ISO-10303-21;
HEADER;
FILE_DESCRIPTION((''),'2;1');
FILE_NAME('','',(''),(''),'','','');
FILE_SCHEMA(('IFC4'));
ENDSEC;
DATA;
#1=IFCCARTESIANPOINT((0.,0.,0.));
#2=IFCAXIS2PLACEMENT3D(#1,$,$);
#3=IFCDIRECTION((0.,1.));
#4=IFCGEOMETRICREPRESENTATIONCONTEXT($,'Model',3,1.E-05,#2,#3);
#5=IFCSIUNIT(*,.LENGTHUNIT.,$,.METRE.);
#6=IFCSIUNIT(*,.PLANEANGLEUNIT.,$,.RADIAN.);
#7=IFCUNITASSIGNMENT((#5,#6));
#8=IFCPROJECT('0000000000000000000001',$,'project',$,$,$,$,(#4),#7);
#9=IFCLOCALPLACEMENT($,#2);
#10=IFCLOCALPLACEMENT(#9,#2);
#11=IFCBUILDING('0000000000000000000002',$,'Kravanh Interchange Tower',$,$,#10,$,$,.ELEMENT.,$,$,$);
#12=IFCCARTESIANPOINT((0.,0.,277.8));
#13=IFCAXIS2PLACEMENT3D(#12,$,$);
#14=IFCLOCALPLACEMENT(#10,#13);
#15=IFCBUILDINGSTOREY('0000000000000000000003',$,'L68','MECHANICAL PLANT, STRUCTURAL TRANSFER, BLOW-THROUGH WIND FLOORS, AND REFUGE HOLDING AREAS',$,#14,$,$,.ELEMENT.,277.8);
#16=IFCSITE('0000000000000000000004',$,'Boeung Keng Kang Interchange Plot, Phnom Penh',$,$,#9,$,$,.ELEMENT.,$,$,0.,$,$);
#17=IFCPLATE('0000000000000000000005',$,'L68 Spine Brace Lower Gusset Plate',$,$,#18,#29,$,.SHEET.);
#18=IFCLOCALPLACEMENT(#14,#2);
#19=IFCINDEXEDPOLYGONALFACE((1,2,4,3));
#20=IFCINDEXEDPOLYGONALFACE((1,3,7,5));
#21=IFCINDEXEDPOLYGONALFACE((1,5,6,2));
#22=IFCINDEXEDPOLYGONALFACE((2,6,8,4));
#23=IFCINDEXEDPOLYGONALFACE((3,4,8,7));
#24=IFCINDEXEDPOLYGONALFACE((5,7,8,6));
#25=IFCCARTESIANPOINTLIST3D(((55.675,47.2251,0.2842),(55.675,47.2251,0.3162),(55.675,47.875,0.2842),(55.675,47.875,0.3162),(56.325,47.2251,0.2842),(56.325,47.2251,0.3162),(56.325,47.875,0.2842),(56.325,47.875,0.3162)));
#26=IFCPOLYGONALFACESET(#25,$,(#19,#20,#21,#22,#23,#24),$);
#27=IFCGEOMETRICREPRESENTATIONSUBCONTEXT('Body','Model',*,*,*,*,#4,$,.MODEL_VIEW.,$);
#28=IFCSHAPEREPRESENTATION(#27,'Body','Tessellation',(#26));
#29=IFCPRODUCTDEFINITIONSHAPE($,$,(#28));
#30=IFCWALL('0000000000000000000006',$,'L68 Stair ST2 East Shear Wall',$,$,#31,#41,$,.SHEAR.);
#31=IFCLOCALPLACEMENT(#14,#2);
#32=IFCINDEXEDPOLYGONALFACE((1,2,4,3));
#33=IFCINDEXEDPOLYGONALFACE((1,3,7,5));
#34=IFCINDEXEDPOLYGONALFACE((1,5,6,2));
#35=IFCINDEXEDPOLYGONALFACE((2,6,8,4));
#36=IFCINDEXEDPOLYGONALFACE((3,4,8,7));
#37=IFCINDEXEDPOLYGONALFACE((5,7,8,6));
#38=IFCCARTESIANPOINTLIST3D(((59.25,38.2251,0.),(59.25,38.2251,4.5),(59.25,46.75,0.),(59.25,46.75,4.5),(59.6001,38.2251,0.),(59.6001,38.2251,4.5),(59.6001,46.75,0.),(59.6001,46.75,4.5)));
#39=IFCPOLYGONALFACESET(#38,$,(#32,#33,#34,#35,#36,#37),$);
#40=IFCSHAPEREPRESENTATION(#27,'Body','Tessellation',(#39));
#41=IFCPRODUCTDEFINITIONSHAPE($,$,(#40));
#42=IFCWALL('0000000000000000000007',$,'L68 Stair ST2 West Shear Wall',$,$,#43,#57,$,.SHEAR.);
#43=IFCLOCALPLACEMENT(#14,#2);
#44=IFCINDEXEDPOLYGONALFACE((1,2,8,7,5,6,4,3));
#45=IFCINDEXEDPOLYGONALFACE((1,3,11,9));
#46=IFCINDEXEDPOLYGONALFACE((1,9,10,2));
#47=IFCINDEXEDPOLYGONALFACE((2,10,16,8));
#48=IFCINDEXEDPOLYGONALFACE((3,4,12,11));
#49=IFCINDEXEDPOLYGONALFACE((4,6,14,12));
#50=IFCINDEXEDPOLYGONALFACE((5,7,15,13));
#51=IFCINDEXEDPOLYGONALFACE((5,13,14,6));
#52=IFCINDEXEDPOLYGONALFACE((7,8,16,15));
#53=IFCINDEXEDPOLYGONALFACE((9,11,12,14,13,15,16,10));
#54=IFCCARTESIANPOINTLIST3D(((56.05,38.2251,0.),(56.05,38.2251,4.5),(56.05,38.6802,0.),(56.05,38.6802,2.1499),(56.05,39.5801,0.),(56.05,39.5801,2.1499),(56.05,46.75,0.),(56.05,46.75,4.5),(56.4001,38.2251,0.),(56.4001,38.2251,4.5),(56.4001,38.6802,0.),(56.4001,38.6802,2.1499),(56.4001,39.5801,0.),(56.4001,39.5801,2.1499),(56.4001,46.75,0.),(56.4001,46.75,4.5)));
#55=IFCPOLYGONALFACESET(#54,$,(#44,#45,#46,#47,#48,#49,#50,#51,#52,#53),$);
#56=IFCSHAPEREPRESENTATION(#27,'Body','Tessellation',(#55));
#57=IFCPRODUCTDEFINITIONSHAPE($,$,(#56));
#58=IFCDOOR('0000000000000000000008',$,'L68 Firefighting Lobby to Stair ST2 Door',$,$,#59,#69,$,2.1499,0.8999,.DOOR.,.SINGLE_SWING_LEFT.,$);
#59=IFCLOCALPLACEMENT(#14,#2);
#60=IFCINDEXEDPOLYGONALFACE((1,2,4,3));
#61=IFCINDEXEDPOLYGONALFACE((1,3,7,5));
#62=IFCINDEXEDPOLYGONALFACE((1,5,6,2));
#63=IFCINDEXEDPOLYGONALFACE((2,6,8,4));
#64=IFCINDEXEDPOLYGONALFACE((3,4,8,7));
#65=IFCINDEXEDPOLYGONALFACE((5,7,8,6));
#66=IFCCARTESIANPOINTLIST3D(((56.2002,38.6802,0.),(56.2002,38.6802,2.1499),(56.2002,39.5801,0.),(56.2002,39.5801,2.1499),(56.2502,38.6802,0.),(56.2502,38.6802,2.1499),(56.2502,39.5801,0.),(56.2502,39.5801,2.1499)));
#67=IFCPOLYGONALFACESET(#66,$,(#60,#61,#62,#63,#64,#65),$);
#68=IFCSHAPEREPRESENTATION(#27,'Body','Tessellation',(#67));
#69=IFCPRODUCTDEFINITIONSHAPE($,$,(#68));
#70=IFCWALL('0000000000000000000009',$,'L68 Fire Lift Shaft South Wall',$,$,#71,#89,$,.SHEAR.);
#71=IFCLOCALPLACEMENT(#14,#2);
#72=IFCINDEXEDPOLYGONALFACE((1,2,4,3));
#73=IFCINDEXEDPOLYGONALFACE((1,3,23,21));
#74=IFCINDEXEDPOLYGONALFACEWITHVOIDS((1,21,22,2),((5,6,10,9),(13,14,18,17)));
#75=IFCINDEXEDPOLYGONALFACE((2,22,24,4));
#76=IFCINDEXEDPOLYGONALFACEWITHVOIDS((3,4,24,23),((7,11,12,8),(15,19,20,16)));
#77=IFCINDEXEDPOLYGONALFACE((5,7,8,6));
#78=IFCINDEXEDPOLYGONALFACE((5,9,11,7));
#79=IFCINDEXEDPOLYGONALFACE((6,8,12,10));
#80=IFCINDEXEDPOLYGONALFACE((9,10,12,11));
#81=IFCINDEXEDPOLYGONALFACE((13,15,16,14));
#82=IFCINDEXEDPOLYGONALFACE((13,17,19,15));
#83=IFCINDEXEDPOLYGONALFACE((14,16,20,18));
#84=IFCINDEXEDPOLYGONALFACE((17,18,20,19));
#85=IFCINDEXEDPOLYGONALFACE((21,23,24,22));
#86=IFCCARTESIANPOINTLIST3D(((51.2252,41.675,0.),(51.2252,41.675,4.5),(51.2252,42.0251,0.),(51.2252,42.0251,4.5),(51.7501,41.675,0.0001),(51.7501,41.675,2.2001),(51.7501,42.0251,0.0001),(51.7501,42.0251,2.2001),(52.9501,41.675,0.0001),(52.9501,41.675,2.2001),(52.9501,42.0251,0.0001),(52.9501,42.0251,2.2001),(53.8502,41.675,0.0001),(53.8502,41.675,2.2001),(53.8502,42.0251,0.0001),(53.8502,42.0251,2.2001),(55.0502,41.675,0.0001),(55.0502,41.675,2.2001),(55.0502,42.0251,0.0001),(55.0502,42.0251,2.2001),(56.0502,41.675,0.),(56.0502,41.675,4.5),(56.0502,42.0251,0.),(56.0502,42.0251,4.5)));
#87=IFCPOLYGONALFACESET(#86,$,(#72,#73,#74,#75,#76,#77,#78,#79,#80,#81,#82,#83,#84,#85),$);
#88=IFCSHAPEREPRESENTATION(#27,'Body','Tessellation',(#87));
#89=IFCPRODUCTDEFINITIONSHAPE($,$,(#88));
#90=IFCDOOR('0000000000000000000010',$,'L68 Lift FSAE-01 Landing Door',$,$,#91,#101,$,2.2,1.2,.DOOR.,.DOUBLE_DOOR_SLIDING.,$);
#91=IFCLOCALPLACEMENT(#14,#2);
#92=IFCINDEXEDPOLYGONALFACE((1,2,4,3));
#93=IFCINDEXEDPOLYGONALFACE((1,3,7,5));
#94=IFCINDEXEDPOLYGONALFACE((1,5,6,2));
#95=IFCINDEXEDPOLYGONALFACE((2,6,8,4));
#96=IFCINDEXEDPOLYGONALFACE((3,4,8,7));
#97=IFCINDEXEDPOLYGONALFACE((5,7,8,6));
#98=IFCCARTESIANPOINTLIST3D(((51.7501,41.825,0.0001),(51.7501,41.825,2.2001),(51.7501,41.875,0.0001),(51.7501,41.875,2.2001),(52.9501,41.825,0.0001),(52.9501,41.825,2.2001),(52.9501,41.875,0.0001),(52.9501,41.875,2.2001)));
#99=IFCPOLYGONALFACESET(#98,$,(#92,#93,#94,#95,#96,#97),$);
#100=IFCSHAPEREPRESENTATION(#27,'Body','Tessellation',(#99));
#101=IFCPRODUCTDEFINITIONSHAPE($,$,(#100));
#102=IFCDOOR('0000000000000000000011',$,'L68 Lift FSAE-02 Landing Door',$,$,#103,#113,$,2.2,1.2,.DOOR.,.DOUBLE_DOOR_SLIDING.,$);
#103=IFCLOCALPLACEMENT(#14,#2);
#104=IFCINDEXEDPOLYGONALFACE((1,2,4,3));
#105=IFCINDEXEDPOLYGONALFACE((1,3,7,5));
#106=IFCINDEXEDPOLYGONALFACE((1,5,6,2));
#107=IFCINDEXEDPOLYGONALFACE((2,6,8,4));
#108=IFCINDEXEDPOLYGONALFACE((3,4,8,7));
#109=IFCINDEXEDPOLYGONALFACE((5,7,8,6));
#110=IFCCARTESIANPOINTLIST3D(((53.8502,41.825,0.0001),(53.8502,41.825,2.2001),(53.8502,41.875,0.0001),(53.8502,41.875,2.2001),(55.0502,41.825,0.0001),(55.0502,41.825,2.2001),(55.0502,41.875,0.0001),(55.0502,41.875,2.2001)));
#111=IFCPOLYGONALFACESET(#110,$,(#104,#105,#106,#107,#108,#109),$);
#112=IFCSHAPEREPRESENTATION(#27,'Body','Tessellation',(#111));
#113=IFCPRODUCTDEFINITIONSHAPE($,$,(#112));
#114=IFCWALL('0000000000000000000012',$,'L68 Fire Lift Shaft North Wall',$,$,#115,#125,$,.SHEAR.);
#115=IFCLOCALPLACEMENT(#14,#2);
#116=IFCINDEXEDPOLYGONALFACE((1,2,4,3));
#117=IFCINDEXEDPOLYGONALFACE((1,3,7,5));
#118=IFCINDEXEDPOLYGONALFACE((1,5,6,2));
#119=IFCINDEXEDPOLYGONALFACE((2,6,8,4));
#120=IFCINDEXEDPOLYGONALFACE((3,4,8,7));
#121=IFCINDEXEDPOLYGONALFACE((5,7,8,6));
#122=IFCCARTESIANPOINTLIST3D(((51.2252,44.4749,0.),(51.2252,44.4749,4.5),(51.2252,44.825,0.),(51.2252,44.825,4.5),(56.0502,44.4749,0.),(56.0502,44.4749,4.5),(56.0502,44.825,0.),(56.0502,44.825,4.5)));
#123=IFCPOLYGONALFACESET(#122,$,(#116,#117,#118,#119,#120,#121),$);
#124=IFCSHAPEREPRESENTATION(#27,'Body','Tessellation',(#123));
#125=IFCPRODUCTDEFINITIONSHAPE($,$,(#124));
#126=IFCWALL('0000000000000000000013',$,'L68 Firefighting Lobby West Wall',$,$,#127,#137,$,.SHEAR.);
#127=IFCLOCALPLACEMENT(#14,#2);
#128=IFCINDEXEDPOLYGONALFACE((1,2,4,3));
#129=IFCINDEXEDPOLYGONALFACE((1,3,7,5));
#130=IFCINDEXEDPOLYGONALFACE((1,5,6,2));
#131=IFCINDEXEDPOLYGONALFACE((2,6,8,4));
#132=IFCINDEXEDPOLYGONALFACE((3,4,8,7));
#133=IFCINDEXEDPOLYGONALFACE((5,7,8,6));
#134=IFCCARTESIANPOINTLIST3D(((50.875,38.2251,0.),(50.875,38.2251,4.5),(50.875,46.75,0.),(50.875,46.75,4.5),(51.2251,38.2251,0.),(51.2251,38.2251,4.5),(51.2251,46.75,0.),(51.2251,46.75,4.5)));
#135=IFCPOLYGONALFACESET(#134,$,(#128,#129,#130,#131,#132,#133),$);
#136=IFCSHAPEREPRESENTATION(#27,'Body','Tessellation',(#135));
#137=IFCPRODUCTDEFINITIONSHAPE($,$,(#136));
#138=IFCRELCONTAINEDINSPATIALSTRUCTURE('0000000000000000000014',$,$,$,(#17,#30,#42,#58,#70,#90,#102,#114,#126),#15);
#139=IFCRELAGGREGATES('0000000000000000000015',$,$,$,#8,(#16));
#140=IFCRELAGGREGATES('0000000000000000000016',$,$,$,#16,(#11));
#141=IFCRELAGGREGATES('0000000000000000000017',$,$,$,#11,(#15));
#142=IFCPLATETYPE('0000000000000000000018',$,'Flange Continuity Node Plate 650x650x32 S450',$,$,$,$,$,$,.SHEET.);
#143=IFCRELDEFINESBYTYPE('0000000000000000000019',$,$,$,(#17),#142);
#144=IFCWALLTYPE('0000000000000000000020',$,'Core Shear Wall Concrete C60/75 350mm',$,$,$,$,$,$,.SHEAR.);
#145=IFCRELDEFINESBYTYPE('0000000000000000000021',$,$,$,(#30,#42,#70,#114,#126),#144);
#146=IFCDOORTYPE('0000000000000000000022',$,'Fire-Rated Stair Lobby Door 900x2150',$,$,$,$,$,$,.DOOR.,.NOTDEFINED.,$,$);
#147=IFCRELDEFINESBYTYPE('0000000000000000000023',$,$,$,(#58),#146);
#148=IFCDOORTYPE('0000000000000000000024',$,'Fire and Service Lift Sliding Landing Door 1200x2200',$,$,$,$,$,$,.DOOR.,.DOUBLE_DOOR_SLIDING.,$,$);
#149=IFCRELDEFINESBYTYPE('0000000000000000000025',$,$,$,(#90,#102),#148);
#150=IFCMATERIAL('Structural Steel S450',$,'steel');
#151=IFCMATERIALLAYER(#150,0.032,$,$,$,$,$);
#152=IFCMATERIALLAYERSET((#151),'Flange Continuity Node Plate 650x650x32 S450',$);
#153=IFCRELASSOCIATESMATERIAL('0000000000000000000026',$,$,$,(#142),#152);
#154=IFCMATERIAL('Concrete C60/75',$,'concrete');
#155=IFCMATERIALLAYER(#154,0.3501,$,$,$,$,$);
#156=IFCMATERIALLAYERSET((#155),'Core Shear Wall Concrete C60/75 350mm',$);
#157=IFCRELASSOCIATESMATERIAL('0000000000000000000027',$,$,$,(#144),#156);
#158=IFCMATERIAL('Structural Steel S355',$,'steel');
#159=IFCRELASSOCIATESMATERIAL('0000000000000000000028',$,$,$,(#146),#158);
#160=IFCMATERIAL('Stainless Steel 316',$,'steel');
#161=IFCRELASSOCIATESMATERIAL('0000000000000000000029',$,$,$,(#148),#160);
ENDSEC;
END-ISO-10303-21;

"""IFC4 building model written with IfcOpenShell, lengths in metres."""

from ifc_helpers import new_model, si_unit, direction, frame, frame_2d, origin, origin_2d, place, context, subcontext, project, spatial, rectangle, extrude, material, layer, layer_set, type_object, element, fill, save


model = new_model("IFC4")

# Units and contexts
model_context = context("Model", 3, precision=1e-05, world=origin(), true_north=direction((0.0, 1.0)))
body_context = subcontext(model_context, "Body", "Model", "MODEL_VIEW")
ifc_project = project(units=[si_unit("LENGTHUNIT", "METRE"), si_unit("PLANEANGLEUNIT", "RADIAN")], contexts=[model_context])

# Site, building, storey
site_placement = place(None, origin())
site = spatial("IfcSite", under=ifc_project, at=site_placement, Name="Boeung Keng Kang Interchange Plot, Phnom Penh", CompositionType="ELEMENT", RefElevation=0.0)
building_placement = place(site_placement, origin())
building = spatial("IfcBuilding", under=site, at=building_placement, Name="Kravanh Interchange Tower", CompositionType="ELEMENT")
storey_placement = place(building_placement, frame((0.0, 0.0, 277.8)))
storey = spatial("IfcBuildingStorey", under=building, at=storey_placement, Name="L68", Description="MECHANICAL PLANT, STRUCTURAL TRANSFER, BLOW-THROUGH WIND FLOORS, AND REFUGE HOLDING AREAS", CompositionType="ELEMENT", Elevation=277.8)

# Plate
ifc_material_1 = material(Name="Structural Steel S450", Category="steel")
ifc_layer_1 = layer(ifc_material_1, 0.032)
ifc_layer_set_1 = layer_set([ifc_layer_1], Name="Flange Continuity Node Plate 650x650x32 S450")
plate_type = type_object("IfcPlateType", Name="Flange Continuity Node Plate 650x650x32 S450", PredefinedType="SHEET", material=ifc_layer_set_1)
plate_placement = place(storey_placement, frame((56.0, 47.55, 0.2842), z_axis=(0.0, 0.0, 1.0), x_axis=(1.0, 0.0, 0.0)))
element("IfcPlate", 1, at=plate_placement, inside=storey, type_object=plate_type, Name="L68 Spine Brace Lower Gusset Plate", PredefinedType="SHEET", context=body_context, shape_type="SweptSolid", body=[
    extrude(rectangle(XDim=0.6499, YDim=0.6499, at=origin_2d()), origin(), (0.0, 0.0, 1.0), 0.032),
])

# Wall
ifc_material_2 = material(Name="Concrete C60/75", Category="concrete")
ifc_layer_2 = layer(ifc_material_2, 0.3501)
ifc_layer_set_2 = layer_set([ifc_layer_2], Name="Core Shear Wall Concrete C60/75 350mm")
wall_type_1 = type_object("IfcWallType", Name="Core Shear Wall Concrete C60/75 350mm", PredefinedType="SHEAR", material=ifc_layer_set_2)
wall_1_placement = place(storey_placement, frame((59.425, 38.2251, 0.0), z_axis=(0.0, 0.0, 1.0), x_axis=(0.0, 1.0, 0.0)))
element("IfcWall", 2, at=wall_1_placement, inside=storey, type_object=wall_type_1, Name="L68 Stair ST2 East Shear Wall", PredefinedType="SHEAR", context=body_context, shape_type="SweptSolid", body=[
    extrude(rectangle(XDim=8.5249, YDim=0.3501, at=frame_2d((4.2625, 0.0))), origin(), (0.0, 0.0, 1.0), 4.5),
])

# Wall, opening, door
wall_2_placement = place(storey_placement, frame((56.2251, 38.2251, 0.0), z_axis=(0.0, 0.0, 1.0), x_axis=(0.0, 1.0, 0.0)))
wall_2 = element("IfcWall", 3, at=wall_2_placement, inside=storey, type_object=wall_type_1, Name="L68 Stair ST2 West Shear Wall", PredefinedType="SHEAR", context=body_context, shape_type="SweptSolid", body=[
    extrude(rectangle(XDim=8.5249, YDim=0.3501, at=frame_2d((4.2625, 0.0))), origin(), (0.0, 0.0, 1.0), 4.5),
])
opening_1_placement = place(wall_2_placement, frame((0.4551, 0.0, 0.0)))
opening_1 = element("IfcOpeningElement", 4, at=opening_1_placement, cuts=wall_2, PredefinedType="OPENING", context=body_context, shape_type="SweptSolid", body=[
    extrude(rectangle(XDim=0.8999, YDim=2.1499, at=frame_2d((0.45, 1.075))), frame((0.0, 0.1851, 0.0), z_axis=(0.0, -1.0, 0.0), x_axis=(1.0, 0.0, 0.0)), (0.0, 0.0, 1.0), 0.3701),
])
ifc_material_3 = material(Name="Structural Steel S355", Category="steel")
door_type_1 = type_object("IfcDoorType", Name="Fire-Rated Stair Lobby Door 900x2150", OperationType="NOTDEFINED", PredefinedType="DOOR", material=ifc_material_3)
door_1_placement = place(opening_1_placement, origin())
door_1 = element("IfcDoor", 5, at=door_1_placement, inside=storey, type_object=door_type_1, Name="L68 Firefighting Lobby to Stair ST2 Door", OperationType="SINGLE_SWING_LEFT", OverallHeight=2.1499, OverallWidth=0.8999, PredefinedType="DOOR", context=body_context, shape_type="SweptSolid", body=[
    extrude(rectangle(XDim=0.8999, YDim=2.1499, at=frame_2d((0.45, 1.075))), frame((0.0, 0.0249, 0.0), z_axis=(0.0, -1.0, 0.0), x_axis=(1.0, 0.0, 0.0)), (0.0, 0.0, 1.0), 0.05),
])
fill(opening_1, door_1)

# Wall, openings, doors
wall_3_placement = place(storey_placement, frame((51.2251, 41.8501, 0.0), z_axis=(0.0, 0.0, 1.0), x_axis=(1.0, 0.0, 0.0)))
wall_3 = element("IfcWall", 6, at=wall_3_placement, inside=storey, type_object=wall_type_1, Name="L68 Fire Lift Shaft South Wall", PredefinedType="SHEAR", context=body_context, shape_type="SweptSolid", body=[
    extrude(rectangle(XDim=4.825, YDim=0.3501, at=frame_2d((2.4126, 0.0))), origin(), (0.0, 0.0, 1.0), 4.5),
])
opening_2_placement = place(wall_3_placement, frame((0.5249, 0.0, 0.0)))
opening_2 = element("IfcOpeningElement", 7, at=opening_2_placement, cuts=wall_3, PredefinedType="OPENING", context=body_context, shape_type="SweptSolid", body=[
    extrude(rectangle(XDim=1.2, YDim=2.2, at=frame_2d((0.6001, 1.1001))), frame((0.0, 0.1851, 0.0), z_axis=(0.0, -1.0, 0.0), x_axis=(1.0, 0.0, 0.0)), (0.0, 0.0, 1.0), 0.3701),
])
opening_3_placement = place(wall_3_placement, frame((2.625, 0.0, 0.0)))
opening_3 = element("IfcOpeningElement", 8, at=opening_3_placement, cuts=wall_3, PredefinedType="OPENING", context=body_context, shape_type="SweptSolid", body=[
    extrude(rectangle(XDim=1.2, YDim=2.2, at=frame_2d((0.6001, 1.1001))), frame((0.0, 0.1851, 0.0), z_axis=(0.0, -1.0, 0.0), x_axis=(1.0, 0.0, 0.0)), (0.0, 0.0, 1.0), 0.3701),
])
ifc_material_4 = material(Name="Stainless Steel 316", Category="steel")
door_type_2 = type_object("IfcDoorType", Name="Fire and Service Lift Sliding Landing Door 1200x2200", OperationType="DOUBLE_DOOR_SLIDING", PredefinedType="DOOR", material=ifc_material_4)
door_2_placement = place(opening_2_placement, origin())
door_2 = element("IfcDoor", 9, at=door_2_placement, inside=storey, type_object=door_type_2, Name="L68 Lift FSAE-01 Landing Door", OperationType="DOUBLE_DOOR_SLIDING", OverallHeight=2.2, OverallWidth=1.2, PredefinedType="DOOR", context=body_context, shape_type="SweptSolid", body=[
    extrude(rectangle(XDim=1.2, YDim=2.2, at=frame_2d((0.6001, 1.1001))), frame((0.0, 0.0249, 0.0), z_axis=(0.0, -1.0, 0.0), x_axis=(1.0, 0.0, 0.0)), (0.0, 0.0, 1.0), 0.05),
])
fill(opening_2, door_2)
door_3_placement = place(opening_3_placement, origin())
door_3 = element("IfcDoor", 10, at=door_3_placement, inside=storey, type_object=door_type_2, Name="L68 Lift FSAE-02 Landing Door", OperationType="DOUBLE_DOOR_SLIDING", OverallHeight=2.2, OverallWidth=1.2, PredefinedType="DOOR", context=body_context, shape_type="SweptSolid", body=[
    extrude(rectangle(XDim=1.2, YDim=2.2, at=frame_2d((0.6001, 1.1001))), frame((0.0, 0.0249, 0.0), z_axis=(0.0, -1.0, 0.0), x_axis=(1.0, 0.0, 0.0)), (0.0, 0.0, 1.0), 0.05),
])
fill(opening_3, door_3)

# Walls
wall_4_placement = place(storey_placement, frame((51.2251, 44.6499, 0.0), z_axis=(0.0, 0.0, 1.0), x_axis=(1.0, 0.0, 0.0)))
element("IfcWall", 11, at=wall_4_placement, inside=storey, type_object=wall_type_1, Name="L68 Fire Lift Shaft North Wall", PredefinedType="SHEAR", context=body_context, shape_type="SweptSolid", body=[
    extrude(rectangle(XDim=4.825, YDim=0.3501, at=frame_2d((2.4126, 0.0))), origin(), (0.0, 0.0, 1.0), 4.5),
])
wall_5_placement = place(storey_placement, frame((51.05, 38.2251, 0.0), z_axis=(0.0, 0.0, 1.0), x_axis=(0.0, 1.0, 0.0)))
element("IfcWall", 12, at=wall_5_placement, inside=storey, type_object=wall_type_1, Name="L68 Firefighting Lobby West Wall", PredefinedType="SHEAR", context=body_context, shape_type="SweptSolid", body=[
    extrude(rectangle(XDim=8.5249, YDim=0.3501, at=frame_2d((4.2625, 0.0))), origin(), (0.0, 0.0, 1.0), 4.5),
])

save(model, "model.ifc")
